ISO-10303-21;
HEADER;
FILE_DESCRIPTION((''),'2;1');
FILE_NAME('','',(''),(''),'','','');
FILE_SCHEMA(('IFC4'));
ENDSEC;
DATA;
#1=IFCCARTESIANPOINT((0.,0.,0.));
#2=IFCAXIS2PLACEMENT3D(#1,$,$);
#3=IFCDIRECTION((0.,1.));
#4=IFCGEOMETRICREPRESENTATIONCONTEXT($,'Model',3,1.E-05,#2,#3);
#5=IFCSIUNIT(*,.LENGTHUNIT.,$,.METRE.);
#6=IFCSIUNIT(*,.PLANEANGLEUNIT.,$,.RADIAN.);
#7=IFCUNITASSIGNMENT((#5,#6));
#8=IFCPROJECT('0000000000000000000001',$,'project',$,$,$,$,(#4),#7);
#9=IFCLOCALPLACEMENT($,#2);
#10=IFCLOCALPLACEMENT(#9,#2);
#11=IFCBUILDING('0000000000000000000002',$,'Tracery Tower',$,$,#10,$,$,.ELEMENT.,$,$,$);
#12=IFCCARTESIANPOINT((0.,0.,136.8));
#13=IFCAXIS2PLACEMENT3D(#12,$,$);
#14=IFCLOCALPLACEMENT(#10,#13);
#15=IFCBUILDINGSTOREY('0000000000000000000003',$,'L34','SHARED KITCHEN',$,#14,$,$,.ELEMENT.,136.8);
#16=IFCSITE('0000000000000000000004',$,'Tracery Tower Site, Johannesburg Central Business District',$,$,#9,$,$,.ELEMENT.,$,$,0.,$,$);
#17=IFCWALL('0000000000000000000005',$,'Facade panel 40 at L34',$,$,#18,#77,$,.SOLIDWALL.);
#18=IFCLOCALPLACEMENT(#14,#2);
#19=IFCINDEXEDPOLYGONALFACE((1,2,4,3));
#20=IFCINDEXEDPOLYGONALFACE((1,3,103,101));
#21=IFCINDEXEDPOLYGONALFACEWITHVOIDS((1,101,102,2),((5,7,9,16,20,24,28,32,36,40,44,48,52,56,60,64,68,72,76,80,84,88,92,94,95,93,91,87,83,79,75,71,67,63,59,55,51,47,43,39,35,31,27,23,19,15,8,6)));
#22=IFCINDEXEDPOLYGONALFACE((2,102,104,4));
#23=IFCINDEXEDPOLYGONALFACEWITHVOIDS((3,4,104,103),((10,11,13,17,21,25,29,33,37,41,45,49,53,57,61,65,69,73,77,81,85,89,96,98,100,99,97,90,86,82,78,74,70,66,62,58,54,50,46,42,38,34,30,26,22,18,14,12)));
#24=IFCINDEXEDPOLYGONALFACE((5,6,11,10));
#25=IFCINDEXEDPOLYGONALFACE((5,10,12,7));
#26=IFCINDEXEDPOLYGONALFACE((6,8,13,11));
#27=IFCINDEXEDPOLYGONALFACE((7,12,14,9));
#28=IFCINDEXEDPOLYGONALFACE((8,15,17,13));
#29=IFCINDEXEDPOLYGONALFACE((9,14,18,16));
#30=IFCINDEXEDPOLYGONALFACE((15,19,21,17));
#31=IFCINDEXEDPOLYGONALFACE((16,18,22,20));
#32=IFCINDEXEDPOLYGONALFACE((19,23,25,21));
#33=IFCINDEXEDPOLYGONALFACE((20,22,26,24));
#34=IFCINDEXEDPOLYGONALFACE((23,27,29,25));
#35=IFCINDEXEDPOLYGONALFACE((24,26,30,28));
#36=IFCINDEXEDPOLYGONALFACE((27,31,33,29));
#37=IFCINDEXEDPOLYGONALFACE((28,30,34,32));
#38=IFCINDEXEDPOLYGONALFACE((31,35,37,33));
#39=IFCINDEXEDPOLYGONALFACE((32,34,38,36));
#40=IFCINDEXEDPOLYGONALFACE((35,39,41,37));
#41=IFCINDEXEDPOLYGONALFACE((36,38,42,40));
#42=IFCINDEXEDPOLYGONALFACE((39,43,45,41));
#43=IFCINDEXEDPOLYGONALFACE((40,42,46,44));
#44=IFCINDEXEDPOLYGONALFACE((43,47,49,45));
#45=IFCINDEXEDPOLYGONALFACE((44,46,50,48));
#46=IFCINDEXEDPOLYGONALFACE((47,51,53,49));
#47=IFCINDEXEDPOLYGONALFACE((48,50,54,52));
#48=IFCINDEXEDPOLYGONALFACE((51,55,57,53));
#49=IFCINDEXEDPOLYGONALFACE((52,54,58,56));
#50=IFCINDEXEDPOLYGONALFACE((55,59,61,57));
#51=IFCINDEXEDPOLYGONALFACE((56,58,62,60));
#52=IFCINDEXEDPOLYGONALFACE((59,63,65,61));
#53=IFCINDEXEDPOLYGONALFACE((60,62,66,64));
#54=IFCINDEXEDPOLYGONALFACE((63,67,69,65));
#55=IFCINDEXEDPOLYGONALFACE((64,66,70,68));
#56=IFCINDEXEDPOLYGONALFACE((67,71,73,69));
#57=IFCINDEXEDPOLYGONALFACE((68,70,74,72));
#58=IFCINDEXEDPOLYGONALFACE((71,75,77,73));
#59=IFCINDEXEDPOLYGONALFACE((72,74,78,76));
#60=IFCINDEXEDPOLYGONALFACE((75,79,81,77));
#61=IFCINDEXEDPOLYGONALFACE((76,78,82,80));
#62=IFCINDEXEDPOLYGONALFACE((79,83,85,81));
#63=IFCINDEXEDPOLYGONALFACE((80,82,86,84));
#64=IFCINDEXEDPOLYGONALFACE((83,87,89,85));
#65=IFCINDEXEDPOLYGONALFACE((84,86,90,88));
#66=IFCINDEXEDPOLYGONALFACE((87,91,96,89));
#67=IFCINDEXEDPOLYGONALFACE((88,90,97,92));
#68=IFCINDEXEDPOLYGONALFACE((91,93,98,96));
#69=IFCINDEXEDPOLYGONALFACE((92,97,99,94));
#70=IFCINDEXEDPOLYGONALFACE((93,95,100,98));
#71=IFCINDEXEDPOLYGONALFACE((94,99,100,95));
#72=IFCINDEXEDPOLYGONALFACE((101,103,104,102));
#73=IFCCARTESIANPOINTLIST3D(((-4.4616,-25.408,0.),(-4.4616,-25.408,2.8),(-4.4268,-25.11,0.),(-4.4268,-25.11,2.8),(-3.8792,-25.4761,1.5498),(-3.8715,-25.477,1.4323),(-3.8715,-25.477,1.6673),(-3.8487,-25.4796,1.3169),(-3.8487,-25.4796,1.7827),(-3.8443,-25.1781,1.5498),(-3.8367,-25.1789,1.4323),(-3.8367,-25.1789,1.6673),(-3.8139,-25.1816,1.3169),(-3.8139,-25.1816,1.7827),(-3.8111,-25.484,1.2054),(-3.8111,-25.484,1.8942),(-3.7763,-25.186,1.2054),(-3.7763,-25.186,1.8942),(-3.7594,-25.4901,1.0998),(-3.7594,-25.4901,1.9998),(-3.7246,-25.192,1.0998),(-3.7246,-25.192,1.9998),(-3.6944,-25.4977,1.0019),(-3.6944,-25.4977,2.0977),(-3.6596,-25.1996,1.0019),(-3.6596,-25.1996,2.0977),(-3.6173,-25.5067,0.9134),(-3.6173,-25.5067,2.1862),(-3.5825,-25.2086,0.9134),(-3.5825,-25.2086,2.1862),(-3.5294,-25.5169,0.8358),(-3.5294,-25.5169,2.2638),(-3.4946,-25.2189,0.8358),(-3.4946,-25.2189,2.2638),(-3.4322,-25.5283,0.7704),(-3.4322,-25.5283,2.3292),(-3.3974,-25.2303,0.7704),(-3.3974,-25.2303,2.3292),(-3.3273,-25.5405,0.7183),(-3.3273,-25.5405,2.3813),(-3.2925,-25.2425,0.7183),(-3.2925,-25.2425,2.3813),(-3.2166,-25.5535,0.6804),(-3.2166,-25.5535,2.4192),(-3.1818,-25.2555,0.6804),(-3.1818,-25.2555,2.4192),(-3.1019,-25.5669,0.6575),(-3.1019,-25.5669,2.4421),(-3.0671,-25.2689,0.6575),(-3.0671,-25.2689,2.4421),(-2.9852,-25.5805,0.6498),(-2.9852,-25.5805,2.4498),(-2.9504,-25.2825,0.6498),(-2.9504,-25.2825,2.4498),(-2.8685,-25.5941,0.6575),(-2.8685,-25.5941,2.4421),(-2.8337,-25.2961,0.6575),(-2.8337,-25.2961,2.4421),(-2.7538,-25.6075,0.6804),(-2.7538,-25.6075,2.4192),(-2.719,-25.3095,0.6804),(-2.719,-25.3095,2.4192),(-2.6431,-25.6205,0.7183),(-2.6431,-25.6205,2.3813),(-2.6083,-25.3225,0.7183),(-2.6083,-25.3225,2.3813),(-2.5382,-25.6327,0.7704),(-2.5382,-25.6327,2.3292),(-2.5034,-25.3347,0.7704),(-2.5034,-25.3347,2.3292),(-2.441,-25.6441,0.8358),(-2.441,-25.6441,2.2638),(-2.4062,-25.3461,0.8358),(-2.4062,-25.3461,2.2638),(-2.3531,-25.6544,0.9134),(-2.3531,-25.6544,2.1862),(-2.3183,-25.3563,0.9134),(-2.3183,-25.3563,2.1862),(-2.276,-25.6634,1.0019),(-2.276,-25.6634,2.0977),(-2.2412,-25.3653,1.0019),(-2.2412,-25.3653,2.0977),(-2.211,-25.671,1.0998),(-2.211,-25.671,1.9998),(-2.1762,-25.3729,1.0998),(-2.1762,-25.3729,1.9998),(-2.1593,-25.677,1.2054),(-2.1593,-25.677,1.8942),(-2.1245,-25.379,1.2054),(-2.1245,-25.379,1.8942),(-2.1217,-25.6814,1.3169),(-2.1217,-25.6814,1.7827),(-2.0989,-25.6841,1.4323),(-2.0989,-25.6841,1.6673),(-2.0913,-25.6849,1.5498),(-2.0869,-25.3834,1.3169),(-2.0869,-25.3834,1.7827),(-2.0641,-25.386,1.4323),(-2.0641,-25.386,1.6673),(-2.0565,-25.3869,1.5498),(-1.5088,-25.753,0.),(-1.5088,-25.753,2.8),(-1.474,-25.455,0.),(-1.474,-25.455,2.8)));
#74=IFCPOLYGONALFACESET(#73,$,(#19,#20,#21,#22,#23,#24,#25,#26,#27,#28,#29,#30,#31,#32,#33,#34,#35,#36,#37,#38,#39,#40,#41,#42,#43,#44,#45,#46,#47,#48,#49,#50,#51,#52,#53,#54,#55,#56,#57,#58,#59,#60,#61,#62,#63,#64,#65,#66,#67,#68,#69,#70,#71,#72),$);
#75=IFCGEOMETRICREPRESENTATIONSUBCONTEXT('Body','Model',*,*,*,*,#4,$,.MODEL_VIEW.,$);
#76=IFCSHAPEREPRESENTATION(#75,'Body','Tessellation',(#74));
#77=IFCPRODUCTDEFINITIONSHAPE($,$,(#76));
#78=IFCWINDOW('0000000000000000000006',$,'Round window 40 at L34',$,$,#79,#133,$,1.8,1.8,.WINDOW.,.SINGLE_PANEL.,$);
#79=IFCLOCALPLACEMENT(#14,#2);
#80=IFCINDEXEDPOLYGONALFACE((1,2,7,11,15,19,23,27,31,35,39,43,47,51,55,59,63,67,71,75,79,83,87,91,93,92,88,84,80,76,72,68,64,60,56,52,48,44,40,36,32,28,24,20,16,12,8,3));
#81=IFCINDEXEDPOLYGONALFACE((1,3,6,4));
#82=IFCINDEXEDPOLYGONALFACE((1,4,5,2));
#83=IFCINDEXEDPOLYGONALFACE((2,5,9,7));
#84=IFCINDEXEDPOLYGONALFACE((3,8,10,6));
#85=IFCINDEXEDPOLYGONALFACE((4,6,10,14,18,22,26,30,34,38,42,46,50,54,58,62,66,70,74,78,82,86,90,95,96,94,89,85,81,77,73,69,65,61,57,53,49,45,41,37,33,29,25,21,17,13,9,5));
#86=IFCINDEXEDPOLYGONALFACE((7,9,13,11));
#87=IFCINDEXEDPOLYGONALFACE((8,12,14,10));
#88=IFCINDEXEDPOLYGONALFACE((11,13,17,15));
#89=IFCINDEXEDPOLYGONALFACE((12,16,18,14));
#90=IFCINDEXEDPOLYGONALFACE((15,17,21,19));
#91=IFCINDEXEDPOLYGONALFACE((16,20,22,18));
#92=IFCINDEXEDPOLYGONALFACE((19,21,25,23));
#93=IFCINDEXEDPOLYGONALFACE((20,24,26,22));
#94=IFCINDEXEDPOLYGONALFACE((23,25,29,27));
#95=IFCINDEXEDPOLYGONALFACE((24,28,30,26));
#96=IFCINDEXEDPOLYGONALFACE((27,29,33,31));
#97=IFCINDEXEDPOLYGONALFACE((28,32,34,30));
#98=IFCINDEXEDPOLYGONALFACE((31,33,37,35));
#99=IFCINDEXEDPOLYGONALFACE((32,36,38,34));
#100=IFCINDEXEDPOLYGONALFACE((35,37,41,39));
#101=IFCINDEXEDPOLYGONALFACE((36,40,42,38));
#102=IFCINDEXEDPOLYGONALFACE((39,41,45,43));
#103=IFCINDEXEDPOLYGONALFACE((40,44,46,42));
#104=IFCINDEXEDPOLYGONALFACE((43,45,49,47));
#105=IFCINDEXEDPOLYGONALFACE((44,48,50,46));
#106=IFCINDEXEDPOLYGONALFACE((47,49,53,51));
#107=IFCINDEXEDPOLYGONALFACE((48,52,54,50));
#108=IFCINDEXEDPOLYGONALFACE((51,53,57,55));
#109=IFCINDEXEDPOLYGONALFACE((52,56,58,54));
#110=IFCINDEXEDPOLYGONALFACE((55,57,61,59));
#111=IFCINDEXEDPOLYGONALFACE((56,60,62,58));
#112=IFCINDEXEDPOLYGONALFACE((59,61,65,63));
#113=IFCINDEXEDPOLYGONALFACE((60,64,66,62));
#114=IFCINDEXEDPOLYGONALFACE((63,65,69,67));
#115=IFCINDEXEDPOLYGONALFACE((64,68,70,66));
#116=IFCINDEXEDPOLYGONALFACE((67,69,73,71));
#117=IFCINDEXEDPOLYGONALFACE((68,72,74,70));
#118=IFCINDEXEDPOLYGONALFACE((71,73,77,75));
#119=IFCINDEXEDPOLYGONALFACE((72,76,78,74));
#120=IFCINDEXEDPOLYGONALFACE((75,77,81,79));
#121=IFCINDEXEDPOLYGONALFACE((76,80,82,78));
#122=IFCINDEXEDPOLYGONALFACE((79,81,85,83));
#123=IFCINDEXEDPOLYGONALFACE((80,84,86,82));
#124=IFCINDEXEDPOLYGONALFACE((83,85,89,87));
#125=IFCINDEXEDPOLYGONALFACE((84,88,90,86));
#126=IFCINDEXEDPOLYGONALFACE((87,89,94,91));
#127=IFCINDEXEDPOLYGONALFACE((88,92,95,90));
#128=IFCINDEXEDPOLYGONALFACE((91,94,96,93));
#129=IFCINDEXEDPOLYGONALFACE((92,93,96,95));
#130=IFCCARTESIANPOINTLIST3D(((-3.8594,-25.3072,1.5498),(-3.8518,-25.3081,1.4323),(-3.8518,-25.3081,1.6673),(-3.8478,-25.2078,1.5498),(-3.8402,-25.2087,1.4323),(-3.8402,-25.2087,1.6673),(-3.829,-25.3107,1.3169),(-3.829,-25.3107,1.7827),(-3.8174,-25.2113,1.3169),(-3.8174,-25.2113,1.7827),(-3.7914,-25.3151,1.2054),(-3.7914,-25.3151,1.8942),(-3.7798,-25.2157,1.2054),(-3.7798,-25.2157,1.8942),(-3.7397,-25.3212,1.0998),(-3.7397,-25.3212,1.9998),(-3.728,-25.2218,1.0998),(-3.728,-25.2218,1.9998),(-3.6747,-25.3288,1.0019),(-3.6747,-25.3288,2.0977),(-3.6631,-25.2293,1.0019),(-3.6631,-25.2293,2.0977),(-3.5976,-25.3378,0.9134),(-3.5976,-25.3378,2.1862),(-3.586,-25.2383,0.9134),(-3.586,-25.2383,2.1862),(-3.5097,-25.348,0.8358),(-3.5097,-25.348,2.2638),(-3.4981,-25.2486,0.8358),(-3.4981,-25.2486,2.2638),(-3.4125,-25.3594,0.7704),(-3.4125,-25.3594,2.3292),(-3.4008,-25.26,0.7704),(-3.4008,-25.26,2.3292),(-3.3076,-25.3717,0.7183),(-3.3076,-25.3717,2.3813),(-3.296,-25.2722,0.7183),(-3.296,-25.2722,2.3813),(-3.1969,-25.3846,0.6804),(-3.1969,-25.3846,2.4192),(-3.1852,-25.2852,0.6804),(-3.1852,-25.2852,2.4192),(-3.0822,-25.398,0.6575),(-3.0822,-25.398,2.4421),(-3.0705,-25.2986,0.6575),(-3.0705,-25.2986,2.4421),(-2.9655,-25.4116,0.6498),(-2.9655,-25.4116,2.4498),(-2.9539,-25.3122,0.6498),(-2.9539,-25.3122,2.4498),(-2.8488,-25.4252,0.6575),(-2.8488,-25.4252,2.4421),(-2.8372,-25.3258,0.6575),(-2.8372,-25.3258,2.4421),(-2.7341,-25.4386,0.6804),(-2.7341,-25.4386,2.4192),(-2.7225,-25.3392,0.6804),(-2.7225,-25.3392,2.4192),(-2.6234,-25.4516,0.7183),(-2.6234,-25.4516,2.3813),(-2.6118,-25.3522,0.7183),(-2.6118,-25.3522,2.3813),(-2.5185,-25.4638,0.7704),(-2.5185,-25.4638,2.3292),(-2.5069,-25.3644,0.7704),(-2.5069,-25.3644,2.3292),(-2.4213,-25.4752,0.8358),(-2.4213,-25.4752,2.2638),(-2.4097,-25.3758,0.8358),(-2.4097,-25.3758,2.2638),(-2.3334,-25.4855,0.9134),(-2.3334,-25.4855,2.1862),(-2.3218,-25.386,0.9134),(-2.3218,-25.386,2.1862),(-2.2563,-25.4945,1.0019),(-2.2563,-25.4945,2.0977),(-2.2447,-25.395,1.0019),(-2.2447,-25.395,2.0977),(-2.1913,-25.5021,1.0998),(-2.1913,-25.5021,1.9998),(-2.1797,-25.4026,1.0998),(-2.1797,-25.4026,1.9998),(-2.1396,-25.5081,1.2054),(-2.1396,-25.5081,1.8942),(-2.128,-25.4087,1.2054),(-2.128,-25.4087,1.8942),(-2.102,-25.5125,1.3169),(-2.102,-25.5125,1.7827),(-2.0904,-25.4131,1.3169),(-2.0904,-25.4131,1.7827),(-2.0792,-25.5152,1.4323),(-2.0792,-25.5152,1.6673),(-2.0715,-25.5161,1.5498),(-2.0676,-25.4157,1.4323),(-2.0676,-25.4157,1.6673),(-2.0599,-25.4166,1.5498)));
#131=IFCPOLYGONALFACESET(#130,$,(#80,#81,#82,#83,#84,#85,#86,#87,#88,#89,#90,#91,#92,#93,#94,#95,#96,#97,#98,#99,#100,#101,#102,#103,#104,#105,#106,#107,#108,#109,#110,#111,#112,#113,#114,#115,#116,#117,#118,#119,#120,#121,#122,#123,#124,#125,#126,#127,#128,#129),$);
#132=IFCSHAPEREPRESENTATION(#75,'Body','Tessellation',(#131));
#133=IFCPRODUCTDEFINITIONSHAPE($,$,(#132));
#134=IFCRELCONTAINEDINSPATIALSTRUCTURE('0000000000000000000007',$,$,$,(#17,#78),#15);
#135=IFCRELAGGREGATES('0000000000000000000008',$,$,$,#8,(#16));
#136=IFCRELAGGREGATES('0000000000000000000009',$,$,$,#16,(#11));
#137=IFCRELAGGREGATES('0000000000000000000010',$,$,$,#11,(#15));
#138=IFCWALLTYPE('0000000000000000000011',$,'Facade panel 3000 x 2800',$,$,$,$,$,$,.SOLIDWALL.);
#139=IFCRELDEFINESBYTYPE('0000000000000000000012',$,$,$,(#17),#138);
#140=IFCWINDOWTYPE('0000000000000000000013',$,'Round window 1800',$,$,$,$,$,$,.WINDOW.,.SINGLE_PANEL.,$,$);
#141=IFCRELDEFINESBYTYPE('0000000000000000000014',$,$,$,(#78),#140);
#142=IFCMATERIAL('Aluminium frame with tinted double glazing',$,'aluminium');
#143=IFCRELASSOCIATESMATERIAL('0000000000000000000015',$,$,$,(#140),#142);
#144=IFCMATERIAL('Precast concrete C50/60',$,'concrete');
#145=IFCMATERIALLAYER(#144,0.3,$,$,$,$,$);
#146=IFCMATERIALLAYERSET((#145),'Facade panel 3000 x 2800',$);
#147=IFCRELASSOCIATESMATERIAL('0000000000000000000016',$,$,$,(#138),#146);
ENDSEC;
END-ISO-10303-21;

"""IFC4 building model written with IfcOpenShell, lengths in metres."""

from ifc_helpers import new_model, si_unit, direction, frame, frame_2d, origin, origin_2d, place, context, subcontext, project, spatial, rectangle, circle, extrude, material, layer, layer_set, type_object, element, fill, save


model = new_model("IFC4")

# Units and contexts
model_context = context("Model", 3, precision=1e-05, world=origin(), true_north=direction((0.0, 1.0)))
body_context = subcontext(model_context, "Body", "Model", "MODEL_VIEW")
ifc_project = project(units=[si_unit("LENGTHUNIT", "METRE"), si_unit("PLANEANGLEUNIT", "RADIAN")], contexts=[model_context])

# Site, building, storey
site_placement = place(None, origin())
site = spatial("IfcSite", under=ifc_project, at=site_placement, Name="Tracery Tower Site, Johannesburg Central Business District", CompositionType="ELEMENT", RefElevation=0.0)
building_placement = place(site_placement, origin())
building = spatial("IfcBuilding", under=site, at=building_placement, Name="Tracery Tower", CompositionType="ELEMENT")
storey_placement = place(building_placement, frame((0.0, 0.0, 136.8)))
storey = spatial("IfcBuildingStorey", under=building, at=storey_placement, Name="L34", Description="SHARED KITCHEN", CompositionType="ELEMENT", Elevation=136.8)

# Wall, opening, window
ifc_material_1 = material(Name="Aluminium frame with tinted double glazing", Category="aluminium")
window_type = type_object("IfcWindowType", Name="Round window 1800", PartitioningType="SINGLE_PANEL", PredefinedType="WINDOW", material=ifc_material_1)
ifc_material_2 = material(Name="Precast concrete C50/60", Category="concrete")
ifc_layer_1 = layer(ifc_material_2, 0.3)
ifc_layer_set_1 = layer_set([ifc_layer_1], Name="Facade panel 3000 x 2800")
wall_type_1 = type_object("IfcWallType", Name="Facade panel 3000 x 2800", PredefinedType="SOLIDWALL", material=ifc_layer_set_1)
wall_1_placement = place(storey_placement, frame((-4.4441, -25.259, 0.0), z_axis=(0.0, 0.0, 1.0), x_axis=(0.993245, -0.116036, 0.0)))
wall_1 = element("IfcWall", 1, at=wall_1_placement, inside=storey, type_object=wall_type_1, Name="Facade panel 40 at L34", PredefinedType="SOLIDWALL", context=body_context, shape_type="SweptSolid", body=[
    extrude(rectangle(XDim=2.9729, YDim=0.3, at=frame_2d((1.4863, 0.0))), origin(), (0.0, 0.0, 1.0), 2.8),
])
opening_1_placement = place(wall_1_placement, frame((1.4863, 0.0, 1.5498)))
opening_1 = element("IfcOpeningElement", 2, at=opening_1_placement, cuts=wall_1, PredefinedType="OPENING", context=body_context, shape_type="SweptSolid", body=[
    extrude(circle(Radius=0.9, at=origin_2d()), frame((0.0, 0.1599, 0.0), z_axis=(0.0, -1.0, 0.0), x_axis=(1.0, 0.0, 0.0)), (0.0, 0.0, 1.0), 0.3201),
])
window_1_placement = place(opening_1_placement, origin())
window_1 = element("IfcWindow", 3, at=window_1_placement, inside=storey, type_object=window_type, Name="Round window 40 at L34", OverallHeight=1.8, OverallWidth=1.8, PartitioningType="SINGLE_PANEL", PredefinedType="WINDOW", context=body_context, shape_type="SweptSolid", body=[
    extrude(circle(Radius=0.9, at=origin_2d()), frame((0.0, 0.1201, 0.0), z_axis=(0.0, -1.0, 0.0), x_axis=(1.0, 0.0, 0.0)), (0.0, 0.0, 1.0), 0.1001),
])
fill(opening_1, window_1)

save(model, "model.ifc")
